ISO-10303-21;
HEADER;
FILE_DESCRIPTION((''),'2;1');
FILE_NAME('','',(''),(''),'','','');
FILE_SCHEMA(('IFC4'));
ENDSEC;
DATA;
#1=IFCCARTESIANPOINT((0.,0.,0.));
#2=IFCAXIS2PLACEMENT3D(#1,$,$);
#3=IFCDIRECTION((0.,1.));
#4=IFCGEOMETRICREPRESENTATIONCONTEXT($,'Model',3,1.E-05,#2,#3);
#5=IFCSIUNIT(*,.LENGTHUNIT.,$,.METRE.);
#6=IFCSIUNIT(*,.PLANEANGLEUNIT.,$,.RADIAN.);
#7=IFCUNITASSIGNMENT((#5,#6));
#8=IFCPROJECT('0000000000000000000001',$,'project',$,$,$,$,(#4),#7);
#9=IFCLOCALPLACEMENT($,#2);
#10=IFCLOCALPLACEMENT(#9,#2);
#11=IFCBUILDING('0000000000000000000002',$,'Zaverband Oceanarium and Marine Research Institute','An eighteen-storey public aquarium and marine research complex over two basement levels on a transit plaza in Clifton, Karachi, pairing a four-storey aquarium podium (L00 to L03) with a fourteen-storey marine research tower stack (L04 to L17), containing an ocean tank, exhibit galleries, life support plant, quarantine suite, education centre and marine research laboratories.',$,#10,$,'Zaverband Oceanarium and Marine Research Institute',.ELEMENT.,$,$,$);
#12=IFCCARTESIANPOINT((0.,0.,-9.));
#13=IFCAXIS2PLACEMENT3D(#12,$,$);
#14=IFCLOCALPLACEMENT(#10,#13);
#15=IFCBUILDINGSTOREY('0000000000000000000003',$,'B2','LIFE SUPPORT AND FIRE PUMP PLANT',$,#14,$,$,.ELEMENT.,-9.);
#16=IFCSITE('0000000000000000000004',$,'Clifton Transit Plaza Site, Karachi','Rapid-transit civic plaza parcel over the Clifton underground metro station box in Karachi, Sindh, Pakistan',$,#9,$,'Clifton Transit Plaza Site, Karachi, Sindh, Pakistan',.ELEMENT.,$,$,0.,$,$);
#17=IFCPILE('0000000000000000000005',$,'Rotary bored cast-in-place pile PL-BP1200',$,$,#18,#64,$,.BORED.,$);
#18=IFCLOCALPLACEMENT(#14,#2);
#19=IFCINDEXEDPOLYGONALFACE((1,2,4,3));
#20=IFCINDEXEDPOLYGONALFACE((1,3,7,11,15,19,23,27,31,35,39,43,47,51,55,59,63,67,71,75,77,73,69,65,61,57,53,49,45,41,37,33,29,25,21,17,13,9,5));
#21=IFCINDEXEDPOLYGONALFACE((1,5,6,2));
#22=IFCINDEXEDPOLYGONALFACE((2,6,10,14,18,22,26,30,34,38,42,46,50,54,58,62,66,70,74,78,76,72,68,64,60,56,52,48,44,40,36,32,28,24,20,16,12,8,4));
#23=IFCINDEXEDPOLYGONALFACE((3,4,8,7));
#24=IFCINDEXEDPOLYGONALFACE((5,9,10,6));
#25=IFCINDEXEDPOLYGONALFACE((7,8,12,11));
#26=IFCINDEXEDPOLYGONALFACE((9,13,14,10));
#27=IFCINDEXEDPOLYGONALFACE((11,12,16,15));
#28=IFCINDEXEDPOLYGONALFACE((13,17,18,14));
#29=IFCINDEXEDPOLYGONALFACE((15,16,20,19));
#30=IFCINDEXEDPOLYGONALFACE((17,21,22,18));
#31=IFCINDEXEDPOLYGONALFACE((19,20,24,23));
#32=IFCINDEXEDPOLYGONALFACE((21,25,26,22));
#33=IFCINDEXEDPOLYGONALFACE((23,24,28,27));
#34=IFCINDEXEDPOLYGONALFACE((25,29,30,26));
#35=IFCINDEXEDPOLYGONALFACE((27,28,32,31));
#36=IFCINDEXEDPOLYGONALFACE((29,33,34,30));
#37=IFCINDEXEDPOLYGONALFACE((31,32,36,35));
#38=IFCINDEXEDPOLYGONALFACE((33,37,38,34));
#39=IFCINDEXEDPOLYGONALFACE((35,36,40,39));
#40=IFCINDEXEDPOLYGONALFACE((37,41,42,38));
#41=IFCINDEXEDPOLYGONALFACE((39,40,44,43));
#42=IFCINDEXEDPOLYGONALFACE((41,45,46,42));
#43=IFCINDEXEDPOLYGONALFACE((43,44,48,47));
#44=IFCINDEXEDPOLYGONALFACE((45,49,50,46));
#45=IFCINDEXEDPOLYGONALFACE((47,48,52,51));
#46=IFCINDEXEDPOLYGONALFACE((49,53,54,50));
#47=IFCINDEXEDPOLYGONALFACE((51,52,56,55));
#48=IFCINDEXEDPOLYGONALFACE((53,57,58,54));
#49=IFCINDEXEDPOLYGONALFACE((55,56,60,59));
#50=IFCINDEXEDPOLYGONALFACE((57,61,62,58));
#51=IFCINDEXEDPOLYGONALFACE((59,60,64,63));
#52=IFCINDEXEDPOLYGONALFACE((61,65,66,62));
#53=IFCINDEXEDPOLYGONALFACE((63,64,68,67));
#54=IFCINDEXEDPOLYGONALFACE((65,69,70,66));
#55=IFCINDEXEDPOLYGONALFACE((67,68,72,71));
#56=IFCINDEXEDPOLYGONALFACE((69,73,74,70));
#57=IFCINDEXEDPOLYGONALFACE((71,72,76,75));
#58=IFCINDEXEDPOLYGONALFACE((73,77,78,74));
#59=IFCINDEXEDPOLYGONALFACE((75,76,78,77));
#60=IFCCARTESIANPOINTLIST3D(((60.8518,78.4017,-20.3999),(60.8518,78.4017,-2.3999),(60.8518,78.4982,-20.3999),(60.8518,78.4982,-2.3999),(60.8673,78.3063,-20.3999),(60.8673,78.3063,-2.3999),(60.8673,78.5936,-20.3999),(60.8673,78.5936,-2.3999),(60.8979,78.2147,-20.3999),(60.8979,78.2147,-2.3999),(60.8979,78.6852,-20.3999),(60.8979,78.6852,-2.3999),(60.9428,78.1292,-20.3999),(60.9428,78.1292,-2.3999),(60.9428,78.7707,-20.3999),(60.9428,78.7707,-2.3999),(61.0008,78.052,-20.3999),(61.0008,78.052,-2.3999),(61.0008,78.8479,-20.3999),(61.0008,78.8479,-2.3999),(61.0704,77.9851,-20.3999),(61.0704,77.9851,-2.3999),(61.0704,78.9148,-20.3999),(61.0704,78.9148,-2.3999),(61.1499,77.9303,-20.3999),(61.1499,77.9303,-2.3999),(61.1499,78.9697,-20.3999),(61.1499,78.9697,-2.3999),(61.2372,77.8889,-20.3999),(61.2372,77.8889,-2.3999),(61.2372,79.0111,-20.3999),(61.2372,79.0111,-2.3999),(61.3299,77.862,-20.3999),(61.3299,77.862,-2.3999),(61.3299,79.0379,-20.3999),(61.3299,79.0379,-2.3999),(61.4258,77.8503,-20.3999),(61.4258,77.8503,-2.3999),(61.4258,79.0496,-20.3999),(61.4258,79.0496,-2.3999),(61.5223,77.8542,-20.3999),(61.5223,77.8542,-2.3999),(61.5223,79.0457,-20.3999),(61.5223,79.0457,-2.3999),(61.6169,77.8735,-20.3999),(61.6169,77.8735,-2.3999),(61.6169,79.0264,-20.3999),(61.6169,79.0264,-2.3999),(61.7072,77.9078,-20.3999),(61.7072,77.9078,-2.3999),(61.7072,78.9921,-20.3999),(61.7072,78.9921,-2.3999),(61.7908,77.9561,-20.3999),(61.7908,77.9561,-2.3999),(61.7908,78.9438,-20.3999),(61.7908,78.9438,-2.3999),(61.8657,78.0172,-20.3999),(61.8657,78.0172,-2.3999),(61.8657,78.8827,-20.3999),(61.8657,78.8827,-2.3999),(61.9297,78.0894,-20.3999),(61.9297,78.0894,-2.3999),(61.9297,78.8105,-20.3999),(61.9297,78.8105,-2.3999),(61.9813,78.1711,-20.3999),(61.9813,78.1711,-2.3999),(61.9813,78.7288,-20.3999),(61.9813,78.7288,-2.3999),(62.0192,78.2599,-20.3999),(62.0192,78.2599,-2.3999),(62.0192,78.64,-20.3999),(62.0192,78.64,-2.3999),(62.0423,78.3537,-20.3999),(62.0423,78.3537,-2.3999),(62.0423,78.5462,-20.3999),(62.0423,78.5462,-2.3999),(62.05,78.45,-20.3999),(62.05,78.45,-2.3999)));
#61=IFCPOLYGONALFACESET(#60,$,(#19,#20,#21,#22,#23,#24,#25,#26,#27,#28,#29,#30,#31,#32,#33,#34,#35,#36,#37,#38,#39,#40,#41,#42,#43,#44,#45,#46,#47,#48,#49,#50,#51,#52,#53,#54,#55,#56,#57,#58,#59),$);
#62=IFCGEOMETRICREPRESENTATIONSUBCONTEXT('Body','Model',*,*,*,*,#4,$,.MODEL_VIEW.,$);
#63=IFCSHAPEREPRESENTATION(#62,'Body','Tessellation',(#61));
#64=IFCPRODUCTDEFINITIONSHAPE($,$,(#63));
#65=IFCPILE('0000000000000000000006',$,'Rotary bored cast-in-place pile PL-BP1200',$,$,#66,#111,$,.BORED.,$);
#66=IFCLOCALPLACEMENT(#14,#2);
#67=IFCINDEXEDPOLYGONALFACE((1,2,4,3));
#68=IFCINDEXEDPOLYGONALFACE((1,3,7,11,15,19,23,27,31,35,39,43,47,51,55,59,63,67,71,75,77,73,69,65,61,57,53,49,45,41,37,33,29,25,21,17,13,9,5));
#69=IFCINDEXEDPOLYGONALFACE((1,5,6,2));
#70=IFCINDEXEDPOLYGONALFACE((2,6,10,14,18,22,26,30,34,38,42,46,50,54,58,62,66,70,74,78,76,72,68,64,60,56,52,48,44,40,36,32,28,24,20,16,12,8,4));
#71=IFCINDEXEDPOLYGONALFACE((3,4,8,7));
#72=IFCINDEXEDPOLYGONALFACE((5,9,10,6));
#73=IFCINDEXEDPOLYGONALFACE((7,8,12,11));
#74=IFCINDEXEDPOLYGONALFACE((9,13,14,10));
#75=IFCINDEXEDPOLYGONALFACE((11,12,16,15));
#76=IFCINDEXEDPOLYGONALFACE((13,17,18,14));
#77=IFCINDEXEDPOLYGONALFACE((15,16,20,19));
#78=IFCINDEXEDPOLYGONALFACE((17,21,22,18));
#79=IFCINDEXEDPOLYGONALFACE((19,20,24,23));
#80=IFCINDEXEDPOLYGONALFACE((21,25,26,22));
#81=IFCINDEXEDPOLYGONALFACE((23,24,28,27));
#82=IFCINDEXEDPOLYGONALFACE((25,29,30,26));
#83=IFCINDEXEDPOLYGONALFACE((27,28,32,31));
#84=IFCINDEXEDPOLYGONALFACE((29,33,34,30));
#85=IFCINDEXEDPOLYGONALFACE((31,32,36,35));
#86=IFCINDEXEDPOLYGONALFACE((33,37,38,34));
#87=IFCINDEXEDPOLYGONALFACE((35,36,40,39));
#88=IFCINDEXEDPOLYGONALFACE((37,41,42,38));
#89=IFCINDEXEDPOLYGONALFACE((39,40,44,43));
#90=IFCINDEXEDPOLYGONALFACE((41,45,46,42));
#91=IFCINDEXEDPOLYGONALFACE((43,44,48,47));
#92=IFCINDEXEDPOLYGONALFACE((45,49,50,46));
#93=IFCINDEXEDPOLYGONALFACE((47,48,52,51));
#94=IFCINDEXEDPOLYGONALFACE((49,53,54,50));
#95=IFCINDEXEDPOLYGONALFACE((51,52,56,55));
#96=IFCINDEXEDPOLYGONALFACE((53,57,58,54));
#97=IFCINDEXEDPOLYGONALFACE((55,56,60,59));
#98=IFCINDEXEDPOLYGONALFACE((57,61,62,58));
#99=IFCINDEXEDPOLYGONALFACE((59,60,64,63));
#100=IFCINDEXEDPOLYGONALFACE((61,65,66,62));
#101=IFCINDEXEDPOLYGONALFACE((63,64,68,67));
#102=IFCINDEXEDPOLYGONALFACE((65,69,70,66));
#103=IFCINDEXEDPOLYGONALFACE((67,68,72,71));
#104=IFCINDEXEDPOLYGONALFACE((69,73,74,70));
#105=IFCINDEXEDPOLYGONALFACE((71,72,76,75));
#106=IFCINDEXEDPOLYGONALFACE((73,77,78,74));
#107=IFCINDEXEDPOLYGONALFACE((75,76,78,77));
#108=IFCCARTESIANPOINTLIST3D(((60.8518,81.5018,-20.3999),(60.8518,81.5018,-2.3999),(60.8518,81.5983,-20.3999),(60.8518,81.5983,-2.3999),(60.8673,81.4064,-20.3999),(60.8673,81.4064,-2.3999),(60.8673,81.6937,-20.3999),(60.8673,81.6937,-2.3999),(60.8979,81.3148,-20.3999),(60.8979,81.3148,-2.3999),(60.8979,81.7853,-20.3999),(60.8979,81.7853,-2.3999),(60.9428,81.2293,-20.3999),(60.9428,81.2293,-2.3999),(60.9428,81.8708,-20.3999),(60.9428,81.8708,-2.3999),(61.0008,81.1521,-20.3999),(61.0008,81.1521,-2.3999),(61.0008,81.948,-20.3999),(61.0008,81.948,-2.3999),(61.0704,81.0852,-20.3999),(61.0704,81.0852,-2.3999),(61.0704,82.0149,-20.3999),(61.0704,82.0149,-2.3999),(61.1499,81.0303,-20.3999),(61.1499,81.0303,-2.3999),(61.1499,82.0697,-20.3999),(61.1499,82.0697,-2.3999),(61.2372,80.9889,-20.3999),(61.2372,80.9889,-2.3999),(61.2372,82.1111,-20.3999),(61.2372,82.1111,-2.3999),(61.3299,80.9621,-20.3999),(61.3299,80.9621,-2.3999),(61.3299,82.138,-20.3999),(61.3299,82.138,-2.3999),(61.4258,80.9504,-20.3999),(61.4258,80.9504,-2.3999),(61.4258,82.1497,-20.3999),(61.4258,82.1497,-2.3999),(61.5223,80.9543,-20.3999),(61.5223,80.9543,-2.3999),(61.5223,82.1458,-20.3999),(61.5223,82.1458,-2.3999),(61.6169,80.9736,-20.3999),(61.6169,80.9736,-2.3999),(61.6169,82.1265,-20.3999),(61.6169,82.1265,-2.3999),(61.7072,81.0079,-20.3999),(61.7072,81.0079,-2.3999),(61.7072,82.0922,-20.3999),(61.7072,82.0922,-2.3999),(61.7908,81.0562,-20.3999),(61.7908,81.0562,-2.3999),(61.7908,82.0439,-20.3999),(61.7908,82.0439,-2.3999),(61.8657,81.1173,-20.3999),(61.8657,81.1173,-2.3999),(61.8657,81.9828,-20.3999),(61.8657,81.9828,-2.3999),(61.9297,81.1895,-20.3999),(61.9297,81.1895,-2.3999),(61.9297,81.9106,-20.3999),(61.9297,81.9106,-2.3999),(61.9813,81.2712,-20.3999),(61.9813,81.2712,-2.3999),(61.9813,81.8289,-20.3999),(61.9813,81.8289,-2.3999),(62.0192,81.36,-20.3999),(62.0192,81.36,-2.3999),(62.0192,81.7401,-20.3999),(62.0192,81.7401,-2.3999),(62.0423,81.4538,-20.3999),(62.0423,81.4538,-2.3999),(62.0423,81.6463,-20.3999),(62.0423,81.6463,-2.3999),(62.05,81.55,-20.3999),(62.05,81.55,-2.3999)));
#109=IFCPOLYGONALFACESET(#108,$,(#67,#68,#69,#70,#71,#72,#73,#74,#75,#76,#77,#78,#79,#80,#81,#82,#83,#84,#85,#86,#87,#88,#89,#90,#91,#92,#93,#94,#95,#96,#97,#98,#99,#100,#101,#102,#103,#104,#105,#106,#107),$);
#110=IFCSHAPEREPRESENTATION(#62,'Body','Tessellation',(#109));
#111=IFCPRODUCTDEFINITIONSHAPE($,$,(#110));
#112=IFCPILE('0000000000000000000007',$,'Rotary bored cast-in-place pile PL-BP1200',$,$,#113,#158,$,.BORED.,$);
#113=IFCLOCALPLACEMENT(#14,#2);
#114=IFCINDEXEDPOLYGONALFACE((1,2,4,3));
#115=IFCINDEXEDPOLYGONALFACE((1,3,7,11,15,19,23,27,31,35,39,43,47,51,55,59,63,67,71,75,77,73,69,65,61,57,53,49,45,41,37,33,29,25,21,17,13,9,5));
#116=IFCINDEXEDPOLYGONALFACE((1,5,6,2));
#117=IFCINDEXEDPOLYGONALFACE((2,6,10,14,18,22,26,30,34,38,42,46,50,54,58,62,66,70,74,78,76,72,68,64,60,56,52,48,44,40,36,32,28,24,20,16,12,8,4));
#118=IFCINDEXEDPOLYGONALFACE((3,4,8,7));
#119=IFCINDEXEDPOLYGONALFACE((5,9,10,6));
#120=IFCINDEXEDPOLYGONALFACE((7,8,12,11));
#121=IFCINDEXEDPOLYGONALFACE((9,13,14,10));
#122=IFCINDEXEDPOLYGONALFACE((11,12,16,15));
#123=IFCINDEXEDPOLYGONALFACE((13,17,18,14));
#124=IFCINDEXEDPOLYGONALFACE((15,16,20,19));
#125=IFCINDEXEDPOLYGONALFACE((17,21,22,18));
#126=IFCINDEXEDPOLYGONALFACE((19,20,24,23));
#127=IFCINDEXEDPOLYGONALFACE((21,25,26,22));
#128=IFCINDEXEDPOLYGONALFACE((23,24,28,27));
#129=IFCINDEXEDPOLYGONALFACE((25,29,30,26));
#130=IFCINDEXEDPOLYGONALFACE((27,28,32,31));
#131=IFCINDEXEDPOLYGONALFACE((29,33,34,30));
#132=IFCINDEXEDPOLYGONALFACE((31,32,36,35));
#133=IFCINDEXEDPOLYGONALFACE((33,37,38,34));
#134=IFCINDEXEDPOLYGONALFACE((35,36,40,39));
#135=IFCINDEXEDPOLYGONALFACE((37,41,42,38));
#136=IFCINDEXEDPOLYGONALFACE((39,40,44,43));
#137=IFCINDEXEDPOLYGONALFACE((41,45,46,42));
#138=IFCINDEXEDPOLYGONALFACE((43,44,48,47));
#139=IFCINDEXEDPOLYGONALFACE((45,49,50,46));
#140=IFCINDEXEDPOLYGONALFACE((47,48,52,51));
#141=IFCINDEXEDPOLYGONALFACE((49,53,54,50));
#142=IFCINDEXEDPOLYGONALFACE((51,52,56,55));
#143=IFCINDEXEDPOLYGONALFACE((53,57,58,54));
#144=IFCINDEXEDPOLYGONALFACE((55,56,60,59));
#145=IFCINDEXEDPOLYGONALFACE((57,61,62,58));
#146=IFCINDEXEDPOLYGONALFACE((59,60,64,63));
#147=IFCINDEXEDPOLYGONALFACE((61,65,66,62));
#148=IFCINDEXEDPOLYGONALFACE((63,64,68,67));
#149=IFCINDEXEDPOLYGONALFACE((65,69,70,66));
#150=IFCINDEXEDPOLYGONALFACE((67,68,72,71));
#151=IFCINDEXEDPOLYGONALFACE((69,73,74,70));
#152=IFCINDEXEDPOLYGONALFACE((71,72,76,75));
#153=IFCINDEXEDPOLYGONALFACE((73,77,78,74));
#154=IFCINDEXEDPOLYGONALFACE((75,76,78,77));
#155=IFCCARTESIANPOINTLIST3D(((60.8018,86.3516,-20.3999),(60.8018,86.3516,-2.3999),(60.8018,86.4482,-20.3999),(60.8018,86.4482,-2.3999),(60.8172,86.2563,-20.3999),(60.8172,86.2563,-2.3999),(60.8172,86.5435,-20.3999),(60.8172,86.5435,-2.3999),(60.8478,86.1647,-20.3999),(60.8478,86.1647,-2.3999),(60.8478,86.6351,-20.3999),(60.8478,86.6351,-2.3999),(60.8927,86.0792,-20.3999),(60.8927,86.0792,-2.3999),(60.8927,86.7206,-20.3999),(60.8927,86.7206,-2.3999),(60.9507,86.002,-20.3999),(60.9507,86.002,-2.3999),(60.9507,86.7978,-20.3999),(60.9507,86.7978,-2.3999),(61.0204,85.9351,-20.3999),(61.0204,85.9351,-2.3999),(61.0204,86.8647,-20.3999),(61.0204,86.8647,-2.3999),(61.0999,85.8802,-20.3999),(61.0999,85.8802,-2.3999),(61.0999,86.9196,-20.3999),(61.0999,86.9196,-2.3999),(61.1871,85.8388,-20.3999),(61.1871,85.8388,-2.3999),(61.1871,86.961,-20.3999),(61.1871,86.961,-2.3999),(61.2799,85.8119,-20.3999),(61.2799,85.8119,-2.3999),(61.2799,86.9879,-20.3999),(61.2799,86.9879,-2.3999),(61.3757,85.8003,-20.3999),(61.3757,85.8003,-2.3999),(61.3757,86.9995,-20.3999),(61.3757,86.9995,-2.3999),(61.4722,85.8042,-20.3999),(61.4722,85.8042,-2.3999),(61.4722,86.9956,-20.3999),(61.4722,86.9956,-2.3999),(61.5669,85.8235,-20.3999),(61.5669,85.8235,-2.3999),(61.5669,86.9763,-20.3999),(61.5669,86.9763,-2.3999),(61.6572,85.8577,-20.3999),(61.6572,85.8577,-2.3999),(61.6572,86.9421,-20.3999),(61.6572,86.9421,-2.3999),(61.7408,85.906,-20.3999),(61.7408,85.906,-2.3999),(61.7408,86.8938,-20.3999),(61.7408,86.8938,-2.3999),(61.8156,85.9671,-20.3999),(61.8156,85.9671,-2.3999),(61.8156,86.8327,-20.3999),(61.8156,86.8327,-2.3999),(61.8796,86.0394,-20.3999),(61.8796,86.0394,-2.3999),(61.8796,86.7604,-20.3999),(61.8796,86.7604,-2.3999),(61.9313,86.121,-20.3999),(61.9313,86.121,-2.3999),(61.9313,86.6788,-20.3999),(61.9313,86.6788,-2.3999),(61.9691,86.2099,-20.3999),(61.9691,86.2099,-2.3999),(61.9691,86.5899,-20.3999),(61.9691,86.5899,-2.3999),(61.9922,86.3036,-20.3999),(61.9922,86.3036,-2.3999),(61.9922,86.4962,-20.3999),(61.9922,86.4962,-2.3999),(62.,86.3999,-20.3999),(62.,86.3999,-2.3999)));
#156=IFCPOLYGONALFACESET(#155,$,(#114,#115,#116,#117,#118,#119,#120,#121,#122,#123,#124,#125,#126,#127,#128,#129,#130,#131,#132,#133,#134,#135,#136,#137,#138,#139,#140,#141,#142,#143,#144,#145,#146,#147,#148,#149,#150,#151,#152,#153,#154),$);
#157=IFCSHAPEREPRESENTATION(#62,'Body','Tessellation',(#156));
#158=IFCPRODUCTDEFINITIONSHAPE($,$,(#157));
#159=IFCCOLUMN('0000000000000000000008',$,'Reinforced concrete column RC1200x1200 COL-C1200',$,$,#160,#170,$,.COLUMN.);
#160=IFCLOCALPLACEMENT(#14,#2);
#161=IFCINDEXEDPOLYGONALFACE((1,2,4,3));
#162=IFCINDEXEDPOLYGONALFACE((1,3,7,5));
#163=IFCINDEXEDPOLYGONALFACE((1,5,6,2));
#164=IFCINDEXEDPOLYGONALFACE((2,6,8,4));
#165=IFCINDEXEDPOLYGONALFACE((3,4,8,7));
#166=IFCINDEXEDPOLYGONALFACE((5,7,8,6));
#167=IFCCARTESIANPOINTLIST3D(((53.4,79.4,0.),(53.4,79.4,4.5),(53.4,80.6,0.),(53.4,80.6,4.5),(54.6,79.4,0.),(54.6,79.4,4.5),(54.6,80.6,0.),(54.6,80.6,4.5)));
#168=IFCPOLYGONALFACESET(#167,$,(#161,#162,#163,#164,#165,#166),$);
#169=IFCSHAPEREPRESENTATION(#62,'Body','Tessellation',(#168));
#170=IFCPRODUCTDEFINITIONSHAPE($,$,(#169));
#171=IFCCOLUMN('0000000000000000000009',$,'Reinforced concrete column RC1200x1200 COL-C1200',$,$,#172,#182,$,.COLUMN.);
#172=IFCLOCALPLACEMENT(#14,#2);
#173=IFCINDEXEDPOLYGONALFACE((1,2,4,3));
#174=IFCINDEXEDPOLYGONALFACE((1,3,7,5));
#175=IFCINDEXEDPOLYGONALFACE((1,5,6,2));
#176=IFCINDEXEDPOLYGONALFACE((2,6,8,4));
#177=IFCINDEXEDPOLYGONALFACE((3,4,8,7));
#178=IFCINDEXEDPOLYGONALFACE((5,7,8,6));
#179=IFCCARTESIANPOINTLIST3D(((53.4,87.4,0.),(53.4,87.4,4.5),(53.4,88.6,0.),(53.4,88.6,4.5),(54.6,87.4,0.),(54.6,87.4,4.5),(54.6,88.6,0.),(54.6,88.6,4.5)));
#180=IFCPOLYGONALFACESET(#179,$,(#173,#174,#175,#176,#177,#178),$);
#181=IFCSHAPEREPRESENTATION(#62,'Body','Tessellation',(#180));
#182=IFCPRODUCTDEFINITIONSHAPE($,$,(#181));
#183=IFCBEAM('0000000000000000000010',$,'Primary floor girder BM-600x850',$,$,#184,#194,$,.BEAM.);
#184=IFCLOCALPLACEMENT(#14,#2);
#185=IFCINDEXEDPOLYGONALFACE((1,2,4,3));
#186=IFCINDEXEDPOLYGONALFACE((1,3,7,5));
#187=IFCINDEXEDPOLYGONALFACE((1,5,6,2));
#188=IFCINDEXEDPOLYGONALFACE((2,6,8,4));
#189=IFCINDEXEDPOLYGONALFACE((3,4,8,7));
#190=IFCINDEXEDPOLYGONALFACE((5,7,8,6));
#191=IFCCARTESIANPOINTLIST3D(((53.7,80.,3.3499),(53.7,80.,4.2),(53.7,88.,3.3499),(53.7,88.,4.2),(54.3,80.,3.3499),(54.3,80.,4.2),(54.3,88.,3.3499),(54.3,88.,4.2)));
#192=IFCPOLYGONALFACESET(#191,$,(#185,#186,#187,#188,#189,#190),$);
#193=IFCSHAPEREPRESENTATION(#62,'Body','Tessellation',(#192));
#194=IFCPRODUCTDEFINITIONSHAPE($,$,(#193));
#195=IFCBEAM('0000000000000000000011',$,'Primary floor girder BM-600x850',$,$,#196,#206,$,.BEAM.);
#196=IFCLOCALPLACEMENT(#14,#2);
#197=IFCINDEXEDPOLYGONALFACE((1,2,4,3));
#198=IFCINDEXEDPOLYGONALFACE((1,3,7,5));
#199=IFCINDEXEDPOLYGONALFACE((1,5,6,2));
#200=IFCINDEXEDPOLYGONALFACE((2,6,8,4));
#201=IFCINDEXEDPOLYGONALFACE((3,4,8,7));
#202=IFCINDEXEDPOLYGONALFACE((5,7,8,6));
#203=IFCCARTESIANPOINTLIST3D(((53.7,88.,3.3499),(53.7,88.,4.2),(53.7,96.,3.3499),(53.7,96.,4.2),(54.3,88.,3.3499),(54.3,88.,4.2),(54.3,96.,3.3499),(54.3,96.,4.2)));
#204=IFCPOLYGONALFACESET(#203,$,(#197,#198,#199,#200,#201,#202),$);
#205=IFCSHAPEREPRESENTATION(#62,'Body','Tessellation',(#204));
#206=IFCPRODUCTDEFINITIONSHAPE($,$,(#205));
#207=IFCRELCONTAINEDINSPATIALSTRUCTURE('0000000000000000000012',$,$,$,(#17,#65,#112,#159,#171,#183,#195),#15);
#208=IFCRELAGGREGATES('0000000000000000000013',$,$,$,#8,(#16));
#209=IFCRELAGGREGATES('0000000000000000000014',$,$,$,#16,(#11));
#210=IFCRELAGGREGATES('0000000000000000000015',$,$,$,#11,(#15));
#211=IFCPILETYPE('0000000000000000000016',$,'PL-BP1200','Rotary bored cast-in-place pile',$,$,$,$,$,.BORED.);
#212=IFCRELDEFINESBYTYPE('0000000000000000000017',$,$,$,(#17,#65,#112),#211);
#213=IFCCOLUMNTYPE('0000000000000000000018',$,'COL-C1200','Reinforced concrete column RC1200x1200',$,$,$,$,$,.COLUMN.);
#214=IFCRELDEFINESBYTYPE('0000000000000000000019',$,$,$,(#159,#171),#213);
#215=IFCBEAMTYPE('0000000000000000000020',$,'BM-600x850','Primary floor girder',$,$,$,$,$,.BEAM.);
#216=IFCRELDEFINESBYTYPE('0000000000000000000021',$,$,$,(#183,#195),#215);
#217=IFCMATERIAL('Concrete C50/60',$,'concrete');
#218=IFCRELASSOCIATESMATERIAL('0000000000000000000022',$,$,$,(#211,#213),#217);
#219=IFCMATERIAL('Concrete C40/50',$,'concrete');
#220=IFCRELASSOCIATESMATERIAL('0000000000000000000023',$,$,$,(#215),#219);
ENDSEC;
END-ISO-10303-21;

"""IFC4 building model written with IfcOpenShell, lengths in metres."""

from ifc_helpers import new_model, si_unit, direction, frame, origin, origin_2d, place, context, subcontext, project, spatial, rectangle, circle, extrude, material, material_profile, profile_set, type_object, element, save


model = new_model("IFC4")

# Units and contexts
model_context = context("Model", 3, precision=1e-05, world=origin(), true_north=direction((0.0, 1.0)))
body_context = subcontext(model_context, "Body", "Model", "MODEL_VIEW")
ifc_project = project(units=[si_unit("LENGTHUNIT", "METRE"), si_unit("PLANEANGLEUNIT", "RADIAN")], contexts=[model_context])

# Site, building, storey
site_placement = place(None, origin())
site = spatial("IfcSite", under=ifc_project, at=site_placement, Name="Clifton Transit Plaza Site, Karachi", Description="Rapid-transit civic plaza parcel over the Clifton underground metro station box in Karachi, Sindh, Pakistan", LongName="Clifton Transit Plaza Site, Karachi, Sindh, Pakistan", CompositionType="ELEMENT", RefElevation=0.0)
building_placement = place(site_placement, origin())
building = spatial("IfcBuilding", under=site, at=building_placement, Name="Zaverband Oceanarium and Marine Research Institute", Description="An eighteen-storey public aquarium and marine research complex over two basement levels on a transit plaza in Clifton, Karachi, pairing a four-storey aquarium podium (L00 to L03) with a fourteen-storey marine research tower stack (L04 to L17), containing an ocean tank, exhibit galleries, life support plant, quarantine suite, education centre and marine research laboratories.", LongName="Zaverband Oceanarium and Marine Research Institute", CompositionType="ELEMENT")
storey_placement = place(building_placement, frame((0.0, 0.0, -9.0)))
storey = spatial("IfcBuildingStorey", under=building, at=storey_placement, Name="B2", Description="LIFE SUPPORT AND FIRE PUMP PLANT", CompositionType="ELEMENT", Elevation=-9.0)

# Shared definitions
ifc_material_1 = material(Name="Concrete C50/60", Category="concrete")

# Piles
ifc_material_profile_1 = material_profile(ifc_material_1, circle(Radius=0.6001, at=origin_2d()), Name="BP1200")
ifc_profile_set_1 = profile_set([ifc_material_profile_1], Name="Concrete C50/60")
pile_type = type_object("IfcPileType", Name="PL-BP1200", Description="Rotary bored cast-in-place pile", PredefinedType="BORED", material=ifc_profile_set_1)
for number, where, z_axis, x_axis, name in (
    (1, (61.45, 78.45, -2.3999), (0.0, 0.0, -1.0), (1.0, 0.0, 0.0), "Rotary bored cast-in-place pile PL-BP1200"),
    (2, (61.45, 81.55, -2.3999), (0.0, 0.0, -1.0), (1.0, 0.0, 0.0), "Rotary bored cast-in-place pile PL-BP1200"),
    (3, (61.3999, 86.3999, -2.3999), (0.0, 0.0, -1.0), (1.0, 0.0, 0.0), "Rotary bored cast-in-place pile PL-BP1200"),
):
    element("IfcPile", number, at=place(storey_placement, frame(where, z_axis=z_axis, x_axis=x_axis)), inside=storey, type_object=pile_type, Name=name, PredefinedType="BORED", context=body_context, shape_type="SweptSolid", body=[
        extrude(circle(Radius=0.6001, at=origin_2d()), origin(), (0.0, 0.0, 1.0), 18.0),
    ])

# Columns
ifc_material_profile_2 = material_profile(ifc_material_1, rectangle(XDim=1.2, YDim=1.2, at=origin_2d()), Name="RC1200x1200")
ifc_profile_set_2 = profile_set([ifc_material_profile_2], Name="Concrete C50/60")
column_type = type_object("IfcColumnType", Name="COL-C1200", Description="Reinforced concrete column RC1200x1200", PredefinedType="COLUMN", material=ifc_profile_set_2)
for number, where, z_axis, x_axis, name in (
    (4, (54.0, 80.0, 0.0), (0.0, 0.0, 1.0), (1.0, 0.0, 0.0), "Reinforced concrete column RC1200x1200 COL-C1200"),
    (5, (54.0, 88.0, 0.0), (0.0, 0.0, 1.0), (1.0, 0.0, 0.0), "Reinforced concrete column RC1200x1200 COL-C1200"),
):
    element("IfcColumn", number, at=place(storey_placement, frame(where, z_axis=z_axis, x_axis=x_axis)), inside=storey, type_object=column_type, Name=name, PredefinedType="COLUMN", context=body_context, shape_type="SweptSolid", body=[
        extrude(rectangle(XDim=1.2, YDim=1.2, at=origin_2d()), origin(), (0.0, 0.0, 1.0), 4.5),
    ])

# Beams
ifc_material_2 = material(Name="Concrete C40/50", Category="concrete")
ifc_material_profile_3 = material_profile(ifc_material_2, rectangle(XDim=0.6001, YDim=0.8501, at=origin_2d()), Name="RC600x850")
ifc_profile_set_3 = profile_set([ifc_material_profile_3], Name="Concrete C40/50")
beam_type_1 = type_object("IfcBeamType", Name="BM-600x850", Description="Primary floor girder", PredefinedType="BEAM", material=ifc_profile_set_3)
for number, where, z_axis, x_axis, name in (
    (6, (54.0, 80.0, 3.7749), (0.0, 1.0, 0.0), (-1.0, 0.0, 0.0), "Primary floor girder BM-600x850"),
    (7, (54.0, 88.0, 3.7749), (0.0, 1.0, 0.0), (-1.0, 0.0, 0.0), "Primary floor girder BM-600x850"),
):
    element("IfcBeam", number, at=place(storey_placement, frame(where, z_axis=z_axis, x_axis=x_axis)), inside=storey, type_object=beam_type_1, Name=name, PredefinedType="BEAM", context=body_context, shape_type="SweptSolid", body=[
        extrude(rectangle(XDim=0.6001, YDim=0.8501, at=origin_2d()), origin(), (0.0, 0.0, 1.0), 8.0),
    ])

save(model, "model.ifc")
